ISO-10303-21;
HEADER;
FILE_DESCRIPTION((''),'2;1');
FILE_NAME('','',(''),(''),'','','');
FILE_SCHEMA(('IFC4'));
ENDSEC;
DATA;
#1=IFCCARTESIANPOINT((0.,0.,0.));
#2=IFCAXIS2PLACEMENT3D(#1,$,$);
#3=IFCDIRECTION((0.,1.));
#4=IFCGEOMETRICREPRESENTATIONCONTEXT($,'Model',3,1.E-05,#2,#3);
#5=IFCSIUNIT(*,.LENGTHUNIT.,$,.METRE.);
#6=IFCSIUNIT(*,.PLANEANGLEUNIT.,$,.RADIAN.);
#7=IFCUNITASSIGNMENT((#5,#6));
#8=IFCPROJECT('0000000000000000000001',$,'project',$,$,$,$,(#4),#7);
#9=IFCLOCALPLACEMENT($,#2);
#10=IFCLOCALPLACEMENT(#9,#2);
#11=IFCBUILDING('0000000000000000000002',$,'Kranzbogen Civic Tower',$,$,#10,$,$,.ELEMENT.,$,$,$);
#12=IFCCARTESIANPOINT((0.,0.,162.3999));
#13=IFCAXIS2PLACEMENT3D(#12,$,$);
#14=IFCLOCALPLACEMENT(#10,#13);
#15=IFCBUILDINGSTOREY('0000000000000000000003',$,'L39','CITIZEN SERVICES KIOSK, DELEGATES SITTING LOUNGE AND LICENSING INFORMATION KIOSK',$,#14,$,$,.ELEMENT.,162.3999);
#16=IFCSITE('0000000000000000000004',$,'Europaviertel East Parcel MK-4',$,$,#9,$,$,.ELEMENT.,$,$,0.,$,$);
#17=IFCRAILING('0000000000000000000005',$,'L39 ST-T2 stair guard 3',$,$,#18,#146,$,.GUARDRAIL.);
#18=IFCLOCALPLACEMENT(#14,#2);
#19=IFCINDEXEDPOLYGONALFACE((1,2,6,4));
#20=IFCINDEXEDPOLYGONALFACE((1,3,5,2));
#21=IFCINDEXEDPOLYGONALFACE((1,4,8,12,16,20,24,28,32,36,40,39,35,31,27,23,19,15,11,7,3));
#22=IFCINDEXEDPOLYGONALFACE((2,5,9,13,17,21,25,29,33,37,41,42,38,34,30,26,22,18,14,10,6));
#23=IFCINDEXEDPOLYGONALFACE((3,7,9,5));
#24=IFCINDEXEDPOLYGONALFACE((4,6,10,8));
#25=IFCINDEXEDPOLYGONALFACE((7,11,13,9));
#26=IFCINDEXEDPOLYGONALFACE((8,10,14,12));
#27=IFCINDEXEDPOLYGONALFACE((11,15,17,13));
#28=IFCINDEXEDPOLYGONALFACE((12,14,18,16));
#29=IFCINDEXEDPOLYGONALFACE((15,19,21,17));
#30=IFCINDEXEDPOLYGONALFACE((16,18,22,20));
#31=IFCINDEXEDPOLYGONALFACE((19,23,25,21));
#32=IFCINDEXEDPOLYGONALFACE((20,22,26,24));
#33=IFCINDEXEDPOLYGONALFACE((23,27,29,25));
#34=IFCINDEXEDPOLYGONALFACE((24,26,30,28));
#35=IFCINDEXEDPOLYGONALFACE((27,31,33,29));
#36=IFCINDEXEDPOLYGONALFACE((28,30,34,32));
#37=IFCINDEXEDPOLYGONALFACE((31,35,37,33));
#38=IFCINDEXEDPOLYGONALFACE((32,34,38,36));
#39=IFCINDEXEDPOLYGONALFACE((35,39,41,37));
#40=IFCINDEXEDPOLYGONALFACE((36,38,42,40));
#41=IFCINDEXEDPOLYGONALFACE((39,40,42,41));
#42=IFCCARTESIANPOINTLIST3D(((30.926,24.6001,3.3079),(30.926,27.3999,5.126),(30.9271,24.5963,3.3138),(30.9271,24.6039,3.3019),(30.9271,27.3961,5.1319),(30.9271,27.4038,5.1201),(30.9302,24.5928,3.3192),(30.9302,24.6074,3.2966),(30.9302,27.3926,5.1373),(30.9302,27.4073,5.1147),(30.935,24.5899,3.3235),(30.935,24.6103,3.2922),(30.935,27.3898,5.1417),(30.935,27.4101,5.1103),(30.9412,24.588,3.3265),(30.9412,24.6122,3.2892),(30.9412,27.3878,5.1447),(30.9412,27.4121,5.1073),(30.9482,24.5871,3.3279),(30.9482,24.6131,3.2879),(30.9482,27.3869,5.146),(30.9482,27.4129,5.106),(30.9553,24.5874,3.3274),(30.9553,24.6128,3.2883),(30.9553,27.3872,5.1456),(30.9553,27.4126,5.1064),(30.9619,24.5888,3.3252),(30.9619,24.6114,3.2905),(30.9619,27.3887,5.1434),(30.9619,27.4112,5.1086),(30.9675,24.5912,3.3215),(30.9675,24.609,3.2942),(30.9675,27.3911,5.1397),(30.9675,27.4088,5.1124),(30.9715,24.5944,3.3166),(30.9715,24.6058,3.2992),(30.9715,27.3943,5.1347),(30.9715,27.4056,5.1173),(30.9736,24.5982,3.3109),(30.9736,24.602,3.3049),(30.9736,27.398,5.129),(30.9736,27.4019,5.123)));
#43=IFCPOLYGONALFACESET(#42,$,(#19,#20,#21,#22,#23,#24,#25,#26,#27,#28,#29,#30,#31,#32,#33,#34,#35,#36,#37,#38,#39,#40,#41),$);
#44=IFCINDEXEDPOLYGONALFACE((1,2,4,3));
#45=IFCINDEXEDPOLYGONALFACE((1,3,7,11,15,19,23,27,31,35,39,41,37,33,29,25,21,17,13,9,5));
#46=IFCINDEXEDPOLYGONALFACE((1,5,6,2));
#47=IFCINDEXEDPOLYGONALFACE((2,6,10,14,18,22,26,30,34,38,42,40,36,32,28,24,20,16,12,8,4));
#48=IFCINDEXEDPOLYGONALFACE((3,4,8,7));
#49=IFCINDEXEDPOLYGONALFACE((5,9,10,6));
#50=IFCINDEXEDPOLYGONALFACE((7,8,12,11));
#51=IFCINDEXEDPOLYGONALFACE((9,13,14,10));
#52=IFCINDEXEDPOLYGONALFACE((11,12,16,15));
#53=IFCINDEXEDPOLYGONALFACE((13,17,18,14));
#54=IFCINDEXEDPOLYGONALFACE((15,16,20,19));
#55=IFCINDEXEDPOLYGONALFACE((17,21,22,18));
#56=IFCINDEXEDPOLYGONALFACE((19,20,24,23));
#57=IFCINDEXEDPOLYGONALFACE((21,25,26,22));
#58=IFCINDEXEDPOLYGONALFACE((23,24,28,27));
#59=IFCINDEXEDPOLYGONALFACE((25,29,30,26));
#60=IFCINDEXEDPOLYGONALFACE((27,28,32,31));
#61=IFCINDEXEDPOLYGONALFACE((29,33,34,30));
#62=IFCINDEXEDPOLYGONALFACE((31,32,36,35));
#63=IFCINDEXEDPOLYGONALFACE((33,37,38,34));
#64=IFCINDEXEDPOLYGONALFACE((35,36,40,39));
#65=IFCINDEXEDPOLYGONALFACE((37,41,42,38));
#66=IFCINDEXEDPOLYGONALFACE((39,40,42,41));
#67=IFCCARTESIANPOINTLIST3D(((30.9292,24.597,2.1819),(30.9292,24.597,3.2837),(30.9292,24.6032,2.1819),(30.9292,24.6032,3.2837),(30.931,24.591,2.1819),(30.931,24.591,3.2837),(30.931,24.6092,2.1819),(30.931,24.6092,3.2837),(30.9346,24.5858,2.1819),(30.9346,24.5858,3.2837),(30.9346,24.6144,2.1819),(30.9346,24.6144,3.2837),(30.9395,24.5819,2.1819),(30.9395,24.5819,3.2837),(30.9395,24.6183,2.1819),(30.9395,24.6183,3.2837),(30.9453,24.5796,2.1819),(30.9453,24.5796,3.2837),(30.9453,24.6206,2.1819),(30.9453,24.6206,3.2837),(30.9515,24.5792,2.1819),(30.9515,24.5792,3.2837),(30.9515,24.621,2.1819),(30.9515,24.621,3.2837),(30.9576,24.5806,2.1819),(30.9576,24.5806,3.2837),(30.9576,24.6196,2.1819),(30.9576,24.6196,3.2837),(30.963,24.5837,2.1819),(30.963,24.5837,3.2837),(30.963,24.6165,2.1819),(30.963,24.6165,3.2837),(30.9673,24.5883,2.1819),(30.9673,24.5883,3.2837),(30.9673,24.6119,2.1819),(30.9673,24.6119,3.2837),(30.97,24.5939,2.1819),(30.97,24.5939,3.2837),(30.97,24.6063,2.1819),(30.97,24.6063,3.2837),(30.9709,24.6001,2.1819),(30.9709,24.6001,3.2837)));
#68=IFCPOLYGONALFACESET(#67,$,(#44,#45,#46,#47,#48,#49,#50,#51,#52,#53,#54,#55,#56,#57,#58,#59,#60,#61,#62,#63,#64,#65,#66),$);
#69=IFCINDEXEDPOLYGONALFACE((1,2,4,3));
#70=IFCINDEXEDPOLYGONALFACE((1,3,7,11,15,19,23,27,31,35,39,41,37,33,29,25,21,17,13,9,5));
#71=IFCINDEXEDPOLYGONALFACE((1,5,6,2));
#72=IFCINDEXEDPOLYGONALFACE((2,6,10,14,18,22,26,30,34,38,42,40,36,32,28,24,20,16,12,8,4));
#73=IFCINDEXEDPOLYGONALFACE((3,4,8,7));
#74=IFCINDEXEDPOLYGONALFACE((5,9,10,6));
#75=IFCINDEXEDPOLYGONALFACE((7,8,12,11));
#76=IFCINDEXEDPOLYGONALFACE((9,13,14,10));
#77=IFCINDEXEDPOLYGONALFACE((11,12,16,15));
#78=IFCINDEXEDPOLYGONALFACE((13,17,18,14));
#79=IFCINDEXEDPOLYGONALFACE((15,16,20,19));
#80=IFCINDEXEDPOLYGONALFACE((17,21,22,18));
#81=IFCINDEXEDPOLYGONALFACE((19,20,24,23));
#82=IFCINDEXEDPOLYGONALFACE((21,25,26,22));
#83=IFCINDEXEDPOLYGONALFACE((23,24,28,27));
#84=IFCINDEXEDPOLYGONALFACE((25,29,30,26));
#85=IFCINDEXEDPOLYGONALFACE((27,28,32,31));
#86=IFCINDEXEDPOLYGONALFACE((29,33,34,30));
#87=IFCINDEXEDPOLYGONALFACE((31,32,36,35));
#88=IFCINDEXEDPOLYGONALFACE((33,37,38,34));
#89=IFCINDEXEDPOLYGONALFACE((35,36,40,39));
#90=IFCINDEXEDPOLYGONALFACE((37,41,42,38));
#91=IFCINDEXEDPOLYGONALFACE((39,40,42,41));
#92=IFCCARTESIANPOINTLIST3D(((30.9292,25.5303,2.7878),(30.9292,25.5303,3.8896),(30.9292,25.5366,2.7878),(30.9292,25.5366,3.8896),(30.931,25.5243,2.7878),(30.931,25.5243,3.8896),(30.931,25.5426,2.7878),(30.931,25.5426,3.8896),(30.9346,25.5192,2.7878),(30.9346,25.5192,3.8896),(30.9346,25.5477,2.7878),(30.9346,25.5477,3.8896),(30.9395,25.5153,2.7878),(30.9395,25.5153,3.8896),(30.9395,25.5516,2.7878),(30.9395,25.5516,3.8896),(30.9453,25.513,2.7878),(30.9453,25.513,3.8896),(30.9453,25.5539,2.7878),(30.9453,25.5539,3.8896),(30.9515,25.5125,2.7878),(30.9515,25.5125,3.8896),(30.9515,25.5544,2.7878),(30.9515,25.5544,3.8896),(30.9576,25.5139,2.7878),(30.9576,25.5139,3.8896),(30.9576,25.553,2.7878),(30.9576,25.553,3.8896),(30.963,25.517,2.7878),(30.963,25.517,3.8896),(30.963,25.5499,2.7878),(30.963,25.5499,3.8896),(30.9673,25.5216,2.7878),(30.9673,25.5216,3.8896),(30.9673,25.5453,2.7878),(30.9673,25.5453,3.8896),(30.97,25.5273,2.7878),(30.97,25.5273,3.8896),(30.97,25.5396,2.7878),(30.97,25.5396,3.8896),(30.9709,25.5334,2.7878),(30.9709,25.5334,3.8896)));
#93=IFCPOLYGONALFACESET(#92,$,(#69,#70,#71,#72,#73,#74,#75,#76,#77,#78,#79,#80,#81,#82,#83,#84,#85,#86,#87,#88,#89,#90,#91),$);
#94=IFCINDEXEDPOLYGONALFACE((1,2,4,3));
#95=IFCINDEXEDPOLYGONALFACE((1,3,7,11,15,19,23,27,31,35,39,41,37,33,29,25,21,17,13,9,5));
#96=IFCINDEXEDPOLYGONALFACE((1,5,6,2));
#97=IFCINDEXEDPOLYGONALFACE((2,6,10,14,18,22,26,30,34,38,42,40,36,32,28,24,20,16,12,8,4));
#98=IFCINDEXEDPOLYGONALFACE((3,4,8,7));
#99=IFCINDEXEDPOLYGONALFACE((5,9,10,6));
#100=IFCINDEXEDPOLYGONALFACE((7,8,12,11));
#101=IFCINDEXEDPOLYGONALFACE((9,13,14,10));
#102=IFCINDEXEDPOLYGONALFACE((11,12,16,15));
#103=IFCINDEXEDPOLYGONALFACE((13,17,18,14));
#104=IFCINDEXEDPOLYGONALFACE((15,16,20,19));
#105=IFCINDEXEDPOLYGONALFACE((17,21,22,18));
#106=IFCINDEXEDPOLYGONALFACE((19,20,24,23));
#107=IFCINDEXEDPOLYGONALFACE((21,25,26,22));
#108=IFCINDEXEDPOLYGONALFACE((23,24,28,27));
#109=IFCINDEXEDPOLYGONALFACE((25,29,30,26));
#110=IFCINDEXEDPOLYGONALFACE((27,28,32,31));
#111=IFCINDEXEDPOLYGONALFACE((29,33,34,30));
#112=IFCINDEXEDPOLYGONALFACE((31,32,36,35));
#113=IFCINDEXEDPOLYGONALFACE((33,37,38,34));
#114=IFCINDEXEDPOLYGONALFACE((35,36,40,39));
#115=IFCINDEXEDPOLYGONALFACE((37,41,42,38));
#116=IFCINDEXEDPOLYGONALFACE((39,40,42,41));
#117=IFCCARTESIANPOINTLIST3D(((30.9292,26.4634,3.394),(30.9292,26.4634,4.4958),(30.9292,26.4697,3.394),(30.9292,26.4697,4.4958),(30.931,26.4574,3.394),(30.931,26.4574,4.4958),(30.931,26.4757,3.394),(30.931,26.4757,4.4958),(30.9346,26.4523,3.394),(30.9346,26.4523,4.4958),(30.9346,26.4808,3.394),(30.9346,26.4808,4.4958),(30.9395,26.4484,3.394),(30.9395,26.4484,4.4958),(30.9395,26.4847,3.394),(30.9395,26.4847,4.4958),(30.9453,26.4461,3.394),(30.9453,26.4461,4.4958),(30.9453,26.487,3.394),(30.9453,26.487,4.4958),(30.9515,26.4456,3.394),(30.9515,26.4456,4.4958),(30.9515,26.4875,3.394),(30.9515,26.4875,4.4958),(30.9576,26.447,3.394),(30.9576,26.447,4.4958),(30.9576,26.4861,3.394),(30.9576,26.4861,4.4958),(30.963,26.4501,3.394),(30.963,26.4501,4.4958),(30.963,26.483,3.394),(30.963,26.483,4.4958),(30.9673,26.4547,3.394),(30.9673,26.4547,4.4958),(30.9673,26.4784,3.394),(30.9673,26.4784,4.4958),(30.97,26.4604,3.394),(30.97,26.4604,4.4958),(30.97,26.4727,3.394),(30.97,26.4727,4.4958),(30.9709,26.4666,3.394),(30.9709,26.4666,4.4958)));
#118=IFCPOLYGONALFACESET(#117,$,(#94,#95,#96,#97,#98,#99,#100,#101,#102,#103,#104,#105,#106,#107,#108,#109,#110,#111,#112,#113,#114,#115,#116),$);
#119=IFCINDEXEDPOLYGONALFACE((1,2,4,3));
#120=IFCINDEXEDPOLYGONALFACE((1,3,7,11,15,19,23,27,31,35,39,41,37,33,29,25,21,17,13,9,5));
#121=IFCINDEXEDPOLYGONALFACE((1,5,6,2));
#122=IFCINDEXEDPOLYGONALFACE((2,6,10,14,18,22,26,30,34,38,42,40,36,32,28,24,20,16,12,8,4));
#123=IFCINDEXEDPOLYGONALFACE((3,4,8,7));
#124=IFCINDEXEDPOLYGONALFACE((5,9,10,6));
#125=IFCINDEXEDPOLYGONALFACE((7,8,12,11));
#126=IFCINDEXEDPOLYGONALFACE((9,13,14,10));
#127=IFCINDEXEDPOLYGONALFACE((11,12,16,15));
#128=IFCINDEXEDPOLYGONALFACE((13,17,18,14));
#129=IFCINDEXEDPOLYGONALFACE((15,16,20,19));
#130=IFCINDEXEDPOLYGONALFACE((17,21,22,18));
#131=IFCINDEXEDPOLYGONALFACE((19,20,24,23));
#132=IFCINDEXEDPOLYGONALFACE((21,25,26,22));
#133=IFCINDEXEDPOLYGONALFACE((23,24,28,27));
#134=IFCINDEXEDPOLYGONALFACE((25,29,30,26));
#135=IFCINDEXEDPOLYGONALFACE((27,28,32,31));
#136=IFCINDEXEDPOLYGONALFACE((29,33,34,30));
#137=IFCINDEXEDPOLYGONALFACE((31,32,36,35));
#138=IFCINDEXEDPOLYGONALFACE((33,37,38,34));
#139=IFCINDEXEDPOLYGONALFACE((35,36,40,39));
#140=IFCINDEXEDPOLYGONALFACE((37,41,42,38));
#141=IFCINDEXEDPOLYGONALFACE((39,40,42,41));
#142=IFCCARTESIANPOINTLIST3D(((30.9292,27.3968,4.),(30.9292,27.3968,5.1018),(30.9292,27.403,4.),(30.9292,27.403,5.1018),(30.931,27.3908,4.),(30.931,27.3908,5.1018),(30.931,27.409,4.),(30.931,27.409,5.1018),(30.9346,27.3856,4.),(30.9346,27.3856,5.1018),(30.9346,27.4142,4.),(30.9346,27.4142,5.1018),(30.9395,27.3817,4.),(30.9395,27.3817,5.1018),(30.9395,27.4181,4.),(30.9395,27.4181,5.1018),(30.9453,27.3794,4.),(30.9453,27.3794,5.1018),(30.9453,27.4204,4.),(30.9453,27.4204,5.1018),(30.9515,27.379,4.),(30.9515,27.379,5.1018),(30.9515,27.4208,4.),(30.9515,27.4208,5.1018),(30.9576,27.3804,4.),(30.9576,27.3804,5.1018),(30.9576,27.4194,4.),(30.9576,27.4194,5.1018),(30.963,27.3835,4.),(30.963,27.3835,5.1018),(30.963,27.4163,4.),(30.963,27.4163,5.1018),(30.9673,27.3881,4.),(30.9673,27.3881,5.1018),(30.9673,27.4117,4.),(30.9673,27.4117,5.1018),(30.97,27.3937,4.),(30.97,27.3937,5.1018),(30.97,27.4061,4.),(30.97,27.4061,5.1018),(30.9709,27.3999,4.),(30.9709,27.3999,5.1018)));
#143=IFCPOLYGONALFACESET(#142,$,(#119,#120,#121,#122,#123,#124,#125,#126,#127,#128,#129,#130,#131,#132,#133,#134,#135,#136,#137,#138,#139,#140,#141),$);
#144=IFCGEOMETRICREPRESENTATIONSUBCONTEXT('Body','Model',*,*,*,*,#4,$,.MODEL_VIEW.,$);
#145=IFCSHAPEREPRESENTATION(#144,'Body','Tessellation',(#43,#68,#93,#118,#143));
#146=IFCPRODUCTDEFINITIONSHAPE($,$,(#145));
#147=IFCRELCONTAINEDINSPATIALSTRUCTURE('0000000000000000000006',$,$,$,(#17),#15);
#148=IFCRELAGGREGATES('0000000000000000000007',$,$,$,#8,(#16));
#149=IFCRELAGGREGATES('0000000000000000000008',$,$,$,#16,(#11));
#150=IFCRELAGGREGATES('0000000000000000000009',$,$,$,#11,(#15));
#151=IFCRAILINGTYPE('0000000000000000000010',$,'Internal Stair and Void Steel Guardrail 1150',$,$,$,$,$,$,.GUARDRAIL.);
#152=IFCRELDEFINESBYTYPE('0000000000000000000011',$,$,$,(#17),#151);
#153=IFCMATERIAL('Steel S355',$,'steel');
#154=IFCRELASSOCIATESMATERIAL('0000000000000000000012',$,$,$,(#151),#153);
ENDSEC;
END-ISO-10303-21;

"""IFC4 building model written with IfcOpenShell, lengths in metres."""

from ifc_helpers import new_model, si_unit, direction, frame, origin, origin_2d, place, context, subcontext, project, spatial, circle, extrude, material, type_object, element, save


model = new_model("IFC4")

# Units and contexts
model_context = context("Model", 3, precision=1e-05, world=origin(), true_north=direction((0.0, 1.0)))
body_context = subcontext(model_context, "Body", "Model", "MODEL_VIEW")
ifc_project = project(units=[si_unit("LENGTHUNIT", "METRE"), si_unit("PLANEANGLEUNIT", "RADIAN")], contexts=[model_context])

# Site, building, storey
site_placement = place(None, origin())
site = spatial("IfcSite", under=ifc_project, at=site_placement, Name="Europaviertel East Parcel MK-4", CompositionType="ELEMENT", RefElevation=0.0)
building_placement = place(site_placement, origin())
building = spatial("IfcBuilding", under=site, at=building_placement, Name="Kranzbogen Civic Tower", CompositionType="ELEMENT")
storey_placement = place(building_placement, frame((0.0, 0.0, 162.3999)))
storey = spatial("IfcBuildingStorey", under=building, at=storey_placement, Name="L39", Description="CITIZEN SERVICES KIOSK, DELEGATES SITTING LOUNGE AND LICENSING INFORMATION KIOSK", CompositionType="ELEMENT", Elevation=162.3999)

# Shared definitions
ifc_material_1 = material(Name="Steel S355", Category="steel")

# Railing
railing_type_1 = type_object("IfcRailingType", Name="Internal Stair and Void Steel Guardrail 1150", PredefinedType="GUARDRAIL", material=ifc_material_1)
railing_1_placement = place(storey_placement, frame((30.95, 24.6001, 2.1819)))
element("IfcRailing", 1, at=railing_1_placement, inside=storey, type_object=railing_type_1, Name="L39 ST-T2 stair guard 3", PredefinedType="GUARDRAIL", context=body_context, shape_type="SweptSolid", body=[
    extrude(circle(Radius=0.0239, at=origin_2d()), frame((0.0, 0.0, 1.126), z_axis=(0.0, 0.838684, 0.544618), x_axis=(-1.0, 0.0, 0.0)), (0.0, 0.0, 1.0), 3.3384),
    extrude(circle(Radius=0.021, at=origin_2d()), origin(), (0.0, 0.0, 1.0), 1.1018),
    extrude(circle(Radius=0.021, at=origin_2d()), frame((0.0, 0.9333, 0.606)), (0.0, 0.0, 1.0), 1.1018),
    extrude(circle(Radius=0.021, at=origin_2d()), frame((0.0, 1.8665, 1.2122)), (0.0, 0.0, 1.0), 1.1018),
    extrude(circle(Radius=0.021, at=origin_2d()), frame((0.0, 2.7998, 1.8181)), (0.0, 0.0, 1.0), 1.1018),
])

save(model, "model.ifc")
